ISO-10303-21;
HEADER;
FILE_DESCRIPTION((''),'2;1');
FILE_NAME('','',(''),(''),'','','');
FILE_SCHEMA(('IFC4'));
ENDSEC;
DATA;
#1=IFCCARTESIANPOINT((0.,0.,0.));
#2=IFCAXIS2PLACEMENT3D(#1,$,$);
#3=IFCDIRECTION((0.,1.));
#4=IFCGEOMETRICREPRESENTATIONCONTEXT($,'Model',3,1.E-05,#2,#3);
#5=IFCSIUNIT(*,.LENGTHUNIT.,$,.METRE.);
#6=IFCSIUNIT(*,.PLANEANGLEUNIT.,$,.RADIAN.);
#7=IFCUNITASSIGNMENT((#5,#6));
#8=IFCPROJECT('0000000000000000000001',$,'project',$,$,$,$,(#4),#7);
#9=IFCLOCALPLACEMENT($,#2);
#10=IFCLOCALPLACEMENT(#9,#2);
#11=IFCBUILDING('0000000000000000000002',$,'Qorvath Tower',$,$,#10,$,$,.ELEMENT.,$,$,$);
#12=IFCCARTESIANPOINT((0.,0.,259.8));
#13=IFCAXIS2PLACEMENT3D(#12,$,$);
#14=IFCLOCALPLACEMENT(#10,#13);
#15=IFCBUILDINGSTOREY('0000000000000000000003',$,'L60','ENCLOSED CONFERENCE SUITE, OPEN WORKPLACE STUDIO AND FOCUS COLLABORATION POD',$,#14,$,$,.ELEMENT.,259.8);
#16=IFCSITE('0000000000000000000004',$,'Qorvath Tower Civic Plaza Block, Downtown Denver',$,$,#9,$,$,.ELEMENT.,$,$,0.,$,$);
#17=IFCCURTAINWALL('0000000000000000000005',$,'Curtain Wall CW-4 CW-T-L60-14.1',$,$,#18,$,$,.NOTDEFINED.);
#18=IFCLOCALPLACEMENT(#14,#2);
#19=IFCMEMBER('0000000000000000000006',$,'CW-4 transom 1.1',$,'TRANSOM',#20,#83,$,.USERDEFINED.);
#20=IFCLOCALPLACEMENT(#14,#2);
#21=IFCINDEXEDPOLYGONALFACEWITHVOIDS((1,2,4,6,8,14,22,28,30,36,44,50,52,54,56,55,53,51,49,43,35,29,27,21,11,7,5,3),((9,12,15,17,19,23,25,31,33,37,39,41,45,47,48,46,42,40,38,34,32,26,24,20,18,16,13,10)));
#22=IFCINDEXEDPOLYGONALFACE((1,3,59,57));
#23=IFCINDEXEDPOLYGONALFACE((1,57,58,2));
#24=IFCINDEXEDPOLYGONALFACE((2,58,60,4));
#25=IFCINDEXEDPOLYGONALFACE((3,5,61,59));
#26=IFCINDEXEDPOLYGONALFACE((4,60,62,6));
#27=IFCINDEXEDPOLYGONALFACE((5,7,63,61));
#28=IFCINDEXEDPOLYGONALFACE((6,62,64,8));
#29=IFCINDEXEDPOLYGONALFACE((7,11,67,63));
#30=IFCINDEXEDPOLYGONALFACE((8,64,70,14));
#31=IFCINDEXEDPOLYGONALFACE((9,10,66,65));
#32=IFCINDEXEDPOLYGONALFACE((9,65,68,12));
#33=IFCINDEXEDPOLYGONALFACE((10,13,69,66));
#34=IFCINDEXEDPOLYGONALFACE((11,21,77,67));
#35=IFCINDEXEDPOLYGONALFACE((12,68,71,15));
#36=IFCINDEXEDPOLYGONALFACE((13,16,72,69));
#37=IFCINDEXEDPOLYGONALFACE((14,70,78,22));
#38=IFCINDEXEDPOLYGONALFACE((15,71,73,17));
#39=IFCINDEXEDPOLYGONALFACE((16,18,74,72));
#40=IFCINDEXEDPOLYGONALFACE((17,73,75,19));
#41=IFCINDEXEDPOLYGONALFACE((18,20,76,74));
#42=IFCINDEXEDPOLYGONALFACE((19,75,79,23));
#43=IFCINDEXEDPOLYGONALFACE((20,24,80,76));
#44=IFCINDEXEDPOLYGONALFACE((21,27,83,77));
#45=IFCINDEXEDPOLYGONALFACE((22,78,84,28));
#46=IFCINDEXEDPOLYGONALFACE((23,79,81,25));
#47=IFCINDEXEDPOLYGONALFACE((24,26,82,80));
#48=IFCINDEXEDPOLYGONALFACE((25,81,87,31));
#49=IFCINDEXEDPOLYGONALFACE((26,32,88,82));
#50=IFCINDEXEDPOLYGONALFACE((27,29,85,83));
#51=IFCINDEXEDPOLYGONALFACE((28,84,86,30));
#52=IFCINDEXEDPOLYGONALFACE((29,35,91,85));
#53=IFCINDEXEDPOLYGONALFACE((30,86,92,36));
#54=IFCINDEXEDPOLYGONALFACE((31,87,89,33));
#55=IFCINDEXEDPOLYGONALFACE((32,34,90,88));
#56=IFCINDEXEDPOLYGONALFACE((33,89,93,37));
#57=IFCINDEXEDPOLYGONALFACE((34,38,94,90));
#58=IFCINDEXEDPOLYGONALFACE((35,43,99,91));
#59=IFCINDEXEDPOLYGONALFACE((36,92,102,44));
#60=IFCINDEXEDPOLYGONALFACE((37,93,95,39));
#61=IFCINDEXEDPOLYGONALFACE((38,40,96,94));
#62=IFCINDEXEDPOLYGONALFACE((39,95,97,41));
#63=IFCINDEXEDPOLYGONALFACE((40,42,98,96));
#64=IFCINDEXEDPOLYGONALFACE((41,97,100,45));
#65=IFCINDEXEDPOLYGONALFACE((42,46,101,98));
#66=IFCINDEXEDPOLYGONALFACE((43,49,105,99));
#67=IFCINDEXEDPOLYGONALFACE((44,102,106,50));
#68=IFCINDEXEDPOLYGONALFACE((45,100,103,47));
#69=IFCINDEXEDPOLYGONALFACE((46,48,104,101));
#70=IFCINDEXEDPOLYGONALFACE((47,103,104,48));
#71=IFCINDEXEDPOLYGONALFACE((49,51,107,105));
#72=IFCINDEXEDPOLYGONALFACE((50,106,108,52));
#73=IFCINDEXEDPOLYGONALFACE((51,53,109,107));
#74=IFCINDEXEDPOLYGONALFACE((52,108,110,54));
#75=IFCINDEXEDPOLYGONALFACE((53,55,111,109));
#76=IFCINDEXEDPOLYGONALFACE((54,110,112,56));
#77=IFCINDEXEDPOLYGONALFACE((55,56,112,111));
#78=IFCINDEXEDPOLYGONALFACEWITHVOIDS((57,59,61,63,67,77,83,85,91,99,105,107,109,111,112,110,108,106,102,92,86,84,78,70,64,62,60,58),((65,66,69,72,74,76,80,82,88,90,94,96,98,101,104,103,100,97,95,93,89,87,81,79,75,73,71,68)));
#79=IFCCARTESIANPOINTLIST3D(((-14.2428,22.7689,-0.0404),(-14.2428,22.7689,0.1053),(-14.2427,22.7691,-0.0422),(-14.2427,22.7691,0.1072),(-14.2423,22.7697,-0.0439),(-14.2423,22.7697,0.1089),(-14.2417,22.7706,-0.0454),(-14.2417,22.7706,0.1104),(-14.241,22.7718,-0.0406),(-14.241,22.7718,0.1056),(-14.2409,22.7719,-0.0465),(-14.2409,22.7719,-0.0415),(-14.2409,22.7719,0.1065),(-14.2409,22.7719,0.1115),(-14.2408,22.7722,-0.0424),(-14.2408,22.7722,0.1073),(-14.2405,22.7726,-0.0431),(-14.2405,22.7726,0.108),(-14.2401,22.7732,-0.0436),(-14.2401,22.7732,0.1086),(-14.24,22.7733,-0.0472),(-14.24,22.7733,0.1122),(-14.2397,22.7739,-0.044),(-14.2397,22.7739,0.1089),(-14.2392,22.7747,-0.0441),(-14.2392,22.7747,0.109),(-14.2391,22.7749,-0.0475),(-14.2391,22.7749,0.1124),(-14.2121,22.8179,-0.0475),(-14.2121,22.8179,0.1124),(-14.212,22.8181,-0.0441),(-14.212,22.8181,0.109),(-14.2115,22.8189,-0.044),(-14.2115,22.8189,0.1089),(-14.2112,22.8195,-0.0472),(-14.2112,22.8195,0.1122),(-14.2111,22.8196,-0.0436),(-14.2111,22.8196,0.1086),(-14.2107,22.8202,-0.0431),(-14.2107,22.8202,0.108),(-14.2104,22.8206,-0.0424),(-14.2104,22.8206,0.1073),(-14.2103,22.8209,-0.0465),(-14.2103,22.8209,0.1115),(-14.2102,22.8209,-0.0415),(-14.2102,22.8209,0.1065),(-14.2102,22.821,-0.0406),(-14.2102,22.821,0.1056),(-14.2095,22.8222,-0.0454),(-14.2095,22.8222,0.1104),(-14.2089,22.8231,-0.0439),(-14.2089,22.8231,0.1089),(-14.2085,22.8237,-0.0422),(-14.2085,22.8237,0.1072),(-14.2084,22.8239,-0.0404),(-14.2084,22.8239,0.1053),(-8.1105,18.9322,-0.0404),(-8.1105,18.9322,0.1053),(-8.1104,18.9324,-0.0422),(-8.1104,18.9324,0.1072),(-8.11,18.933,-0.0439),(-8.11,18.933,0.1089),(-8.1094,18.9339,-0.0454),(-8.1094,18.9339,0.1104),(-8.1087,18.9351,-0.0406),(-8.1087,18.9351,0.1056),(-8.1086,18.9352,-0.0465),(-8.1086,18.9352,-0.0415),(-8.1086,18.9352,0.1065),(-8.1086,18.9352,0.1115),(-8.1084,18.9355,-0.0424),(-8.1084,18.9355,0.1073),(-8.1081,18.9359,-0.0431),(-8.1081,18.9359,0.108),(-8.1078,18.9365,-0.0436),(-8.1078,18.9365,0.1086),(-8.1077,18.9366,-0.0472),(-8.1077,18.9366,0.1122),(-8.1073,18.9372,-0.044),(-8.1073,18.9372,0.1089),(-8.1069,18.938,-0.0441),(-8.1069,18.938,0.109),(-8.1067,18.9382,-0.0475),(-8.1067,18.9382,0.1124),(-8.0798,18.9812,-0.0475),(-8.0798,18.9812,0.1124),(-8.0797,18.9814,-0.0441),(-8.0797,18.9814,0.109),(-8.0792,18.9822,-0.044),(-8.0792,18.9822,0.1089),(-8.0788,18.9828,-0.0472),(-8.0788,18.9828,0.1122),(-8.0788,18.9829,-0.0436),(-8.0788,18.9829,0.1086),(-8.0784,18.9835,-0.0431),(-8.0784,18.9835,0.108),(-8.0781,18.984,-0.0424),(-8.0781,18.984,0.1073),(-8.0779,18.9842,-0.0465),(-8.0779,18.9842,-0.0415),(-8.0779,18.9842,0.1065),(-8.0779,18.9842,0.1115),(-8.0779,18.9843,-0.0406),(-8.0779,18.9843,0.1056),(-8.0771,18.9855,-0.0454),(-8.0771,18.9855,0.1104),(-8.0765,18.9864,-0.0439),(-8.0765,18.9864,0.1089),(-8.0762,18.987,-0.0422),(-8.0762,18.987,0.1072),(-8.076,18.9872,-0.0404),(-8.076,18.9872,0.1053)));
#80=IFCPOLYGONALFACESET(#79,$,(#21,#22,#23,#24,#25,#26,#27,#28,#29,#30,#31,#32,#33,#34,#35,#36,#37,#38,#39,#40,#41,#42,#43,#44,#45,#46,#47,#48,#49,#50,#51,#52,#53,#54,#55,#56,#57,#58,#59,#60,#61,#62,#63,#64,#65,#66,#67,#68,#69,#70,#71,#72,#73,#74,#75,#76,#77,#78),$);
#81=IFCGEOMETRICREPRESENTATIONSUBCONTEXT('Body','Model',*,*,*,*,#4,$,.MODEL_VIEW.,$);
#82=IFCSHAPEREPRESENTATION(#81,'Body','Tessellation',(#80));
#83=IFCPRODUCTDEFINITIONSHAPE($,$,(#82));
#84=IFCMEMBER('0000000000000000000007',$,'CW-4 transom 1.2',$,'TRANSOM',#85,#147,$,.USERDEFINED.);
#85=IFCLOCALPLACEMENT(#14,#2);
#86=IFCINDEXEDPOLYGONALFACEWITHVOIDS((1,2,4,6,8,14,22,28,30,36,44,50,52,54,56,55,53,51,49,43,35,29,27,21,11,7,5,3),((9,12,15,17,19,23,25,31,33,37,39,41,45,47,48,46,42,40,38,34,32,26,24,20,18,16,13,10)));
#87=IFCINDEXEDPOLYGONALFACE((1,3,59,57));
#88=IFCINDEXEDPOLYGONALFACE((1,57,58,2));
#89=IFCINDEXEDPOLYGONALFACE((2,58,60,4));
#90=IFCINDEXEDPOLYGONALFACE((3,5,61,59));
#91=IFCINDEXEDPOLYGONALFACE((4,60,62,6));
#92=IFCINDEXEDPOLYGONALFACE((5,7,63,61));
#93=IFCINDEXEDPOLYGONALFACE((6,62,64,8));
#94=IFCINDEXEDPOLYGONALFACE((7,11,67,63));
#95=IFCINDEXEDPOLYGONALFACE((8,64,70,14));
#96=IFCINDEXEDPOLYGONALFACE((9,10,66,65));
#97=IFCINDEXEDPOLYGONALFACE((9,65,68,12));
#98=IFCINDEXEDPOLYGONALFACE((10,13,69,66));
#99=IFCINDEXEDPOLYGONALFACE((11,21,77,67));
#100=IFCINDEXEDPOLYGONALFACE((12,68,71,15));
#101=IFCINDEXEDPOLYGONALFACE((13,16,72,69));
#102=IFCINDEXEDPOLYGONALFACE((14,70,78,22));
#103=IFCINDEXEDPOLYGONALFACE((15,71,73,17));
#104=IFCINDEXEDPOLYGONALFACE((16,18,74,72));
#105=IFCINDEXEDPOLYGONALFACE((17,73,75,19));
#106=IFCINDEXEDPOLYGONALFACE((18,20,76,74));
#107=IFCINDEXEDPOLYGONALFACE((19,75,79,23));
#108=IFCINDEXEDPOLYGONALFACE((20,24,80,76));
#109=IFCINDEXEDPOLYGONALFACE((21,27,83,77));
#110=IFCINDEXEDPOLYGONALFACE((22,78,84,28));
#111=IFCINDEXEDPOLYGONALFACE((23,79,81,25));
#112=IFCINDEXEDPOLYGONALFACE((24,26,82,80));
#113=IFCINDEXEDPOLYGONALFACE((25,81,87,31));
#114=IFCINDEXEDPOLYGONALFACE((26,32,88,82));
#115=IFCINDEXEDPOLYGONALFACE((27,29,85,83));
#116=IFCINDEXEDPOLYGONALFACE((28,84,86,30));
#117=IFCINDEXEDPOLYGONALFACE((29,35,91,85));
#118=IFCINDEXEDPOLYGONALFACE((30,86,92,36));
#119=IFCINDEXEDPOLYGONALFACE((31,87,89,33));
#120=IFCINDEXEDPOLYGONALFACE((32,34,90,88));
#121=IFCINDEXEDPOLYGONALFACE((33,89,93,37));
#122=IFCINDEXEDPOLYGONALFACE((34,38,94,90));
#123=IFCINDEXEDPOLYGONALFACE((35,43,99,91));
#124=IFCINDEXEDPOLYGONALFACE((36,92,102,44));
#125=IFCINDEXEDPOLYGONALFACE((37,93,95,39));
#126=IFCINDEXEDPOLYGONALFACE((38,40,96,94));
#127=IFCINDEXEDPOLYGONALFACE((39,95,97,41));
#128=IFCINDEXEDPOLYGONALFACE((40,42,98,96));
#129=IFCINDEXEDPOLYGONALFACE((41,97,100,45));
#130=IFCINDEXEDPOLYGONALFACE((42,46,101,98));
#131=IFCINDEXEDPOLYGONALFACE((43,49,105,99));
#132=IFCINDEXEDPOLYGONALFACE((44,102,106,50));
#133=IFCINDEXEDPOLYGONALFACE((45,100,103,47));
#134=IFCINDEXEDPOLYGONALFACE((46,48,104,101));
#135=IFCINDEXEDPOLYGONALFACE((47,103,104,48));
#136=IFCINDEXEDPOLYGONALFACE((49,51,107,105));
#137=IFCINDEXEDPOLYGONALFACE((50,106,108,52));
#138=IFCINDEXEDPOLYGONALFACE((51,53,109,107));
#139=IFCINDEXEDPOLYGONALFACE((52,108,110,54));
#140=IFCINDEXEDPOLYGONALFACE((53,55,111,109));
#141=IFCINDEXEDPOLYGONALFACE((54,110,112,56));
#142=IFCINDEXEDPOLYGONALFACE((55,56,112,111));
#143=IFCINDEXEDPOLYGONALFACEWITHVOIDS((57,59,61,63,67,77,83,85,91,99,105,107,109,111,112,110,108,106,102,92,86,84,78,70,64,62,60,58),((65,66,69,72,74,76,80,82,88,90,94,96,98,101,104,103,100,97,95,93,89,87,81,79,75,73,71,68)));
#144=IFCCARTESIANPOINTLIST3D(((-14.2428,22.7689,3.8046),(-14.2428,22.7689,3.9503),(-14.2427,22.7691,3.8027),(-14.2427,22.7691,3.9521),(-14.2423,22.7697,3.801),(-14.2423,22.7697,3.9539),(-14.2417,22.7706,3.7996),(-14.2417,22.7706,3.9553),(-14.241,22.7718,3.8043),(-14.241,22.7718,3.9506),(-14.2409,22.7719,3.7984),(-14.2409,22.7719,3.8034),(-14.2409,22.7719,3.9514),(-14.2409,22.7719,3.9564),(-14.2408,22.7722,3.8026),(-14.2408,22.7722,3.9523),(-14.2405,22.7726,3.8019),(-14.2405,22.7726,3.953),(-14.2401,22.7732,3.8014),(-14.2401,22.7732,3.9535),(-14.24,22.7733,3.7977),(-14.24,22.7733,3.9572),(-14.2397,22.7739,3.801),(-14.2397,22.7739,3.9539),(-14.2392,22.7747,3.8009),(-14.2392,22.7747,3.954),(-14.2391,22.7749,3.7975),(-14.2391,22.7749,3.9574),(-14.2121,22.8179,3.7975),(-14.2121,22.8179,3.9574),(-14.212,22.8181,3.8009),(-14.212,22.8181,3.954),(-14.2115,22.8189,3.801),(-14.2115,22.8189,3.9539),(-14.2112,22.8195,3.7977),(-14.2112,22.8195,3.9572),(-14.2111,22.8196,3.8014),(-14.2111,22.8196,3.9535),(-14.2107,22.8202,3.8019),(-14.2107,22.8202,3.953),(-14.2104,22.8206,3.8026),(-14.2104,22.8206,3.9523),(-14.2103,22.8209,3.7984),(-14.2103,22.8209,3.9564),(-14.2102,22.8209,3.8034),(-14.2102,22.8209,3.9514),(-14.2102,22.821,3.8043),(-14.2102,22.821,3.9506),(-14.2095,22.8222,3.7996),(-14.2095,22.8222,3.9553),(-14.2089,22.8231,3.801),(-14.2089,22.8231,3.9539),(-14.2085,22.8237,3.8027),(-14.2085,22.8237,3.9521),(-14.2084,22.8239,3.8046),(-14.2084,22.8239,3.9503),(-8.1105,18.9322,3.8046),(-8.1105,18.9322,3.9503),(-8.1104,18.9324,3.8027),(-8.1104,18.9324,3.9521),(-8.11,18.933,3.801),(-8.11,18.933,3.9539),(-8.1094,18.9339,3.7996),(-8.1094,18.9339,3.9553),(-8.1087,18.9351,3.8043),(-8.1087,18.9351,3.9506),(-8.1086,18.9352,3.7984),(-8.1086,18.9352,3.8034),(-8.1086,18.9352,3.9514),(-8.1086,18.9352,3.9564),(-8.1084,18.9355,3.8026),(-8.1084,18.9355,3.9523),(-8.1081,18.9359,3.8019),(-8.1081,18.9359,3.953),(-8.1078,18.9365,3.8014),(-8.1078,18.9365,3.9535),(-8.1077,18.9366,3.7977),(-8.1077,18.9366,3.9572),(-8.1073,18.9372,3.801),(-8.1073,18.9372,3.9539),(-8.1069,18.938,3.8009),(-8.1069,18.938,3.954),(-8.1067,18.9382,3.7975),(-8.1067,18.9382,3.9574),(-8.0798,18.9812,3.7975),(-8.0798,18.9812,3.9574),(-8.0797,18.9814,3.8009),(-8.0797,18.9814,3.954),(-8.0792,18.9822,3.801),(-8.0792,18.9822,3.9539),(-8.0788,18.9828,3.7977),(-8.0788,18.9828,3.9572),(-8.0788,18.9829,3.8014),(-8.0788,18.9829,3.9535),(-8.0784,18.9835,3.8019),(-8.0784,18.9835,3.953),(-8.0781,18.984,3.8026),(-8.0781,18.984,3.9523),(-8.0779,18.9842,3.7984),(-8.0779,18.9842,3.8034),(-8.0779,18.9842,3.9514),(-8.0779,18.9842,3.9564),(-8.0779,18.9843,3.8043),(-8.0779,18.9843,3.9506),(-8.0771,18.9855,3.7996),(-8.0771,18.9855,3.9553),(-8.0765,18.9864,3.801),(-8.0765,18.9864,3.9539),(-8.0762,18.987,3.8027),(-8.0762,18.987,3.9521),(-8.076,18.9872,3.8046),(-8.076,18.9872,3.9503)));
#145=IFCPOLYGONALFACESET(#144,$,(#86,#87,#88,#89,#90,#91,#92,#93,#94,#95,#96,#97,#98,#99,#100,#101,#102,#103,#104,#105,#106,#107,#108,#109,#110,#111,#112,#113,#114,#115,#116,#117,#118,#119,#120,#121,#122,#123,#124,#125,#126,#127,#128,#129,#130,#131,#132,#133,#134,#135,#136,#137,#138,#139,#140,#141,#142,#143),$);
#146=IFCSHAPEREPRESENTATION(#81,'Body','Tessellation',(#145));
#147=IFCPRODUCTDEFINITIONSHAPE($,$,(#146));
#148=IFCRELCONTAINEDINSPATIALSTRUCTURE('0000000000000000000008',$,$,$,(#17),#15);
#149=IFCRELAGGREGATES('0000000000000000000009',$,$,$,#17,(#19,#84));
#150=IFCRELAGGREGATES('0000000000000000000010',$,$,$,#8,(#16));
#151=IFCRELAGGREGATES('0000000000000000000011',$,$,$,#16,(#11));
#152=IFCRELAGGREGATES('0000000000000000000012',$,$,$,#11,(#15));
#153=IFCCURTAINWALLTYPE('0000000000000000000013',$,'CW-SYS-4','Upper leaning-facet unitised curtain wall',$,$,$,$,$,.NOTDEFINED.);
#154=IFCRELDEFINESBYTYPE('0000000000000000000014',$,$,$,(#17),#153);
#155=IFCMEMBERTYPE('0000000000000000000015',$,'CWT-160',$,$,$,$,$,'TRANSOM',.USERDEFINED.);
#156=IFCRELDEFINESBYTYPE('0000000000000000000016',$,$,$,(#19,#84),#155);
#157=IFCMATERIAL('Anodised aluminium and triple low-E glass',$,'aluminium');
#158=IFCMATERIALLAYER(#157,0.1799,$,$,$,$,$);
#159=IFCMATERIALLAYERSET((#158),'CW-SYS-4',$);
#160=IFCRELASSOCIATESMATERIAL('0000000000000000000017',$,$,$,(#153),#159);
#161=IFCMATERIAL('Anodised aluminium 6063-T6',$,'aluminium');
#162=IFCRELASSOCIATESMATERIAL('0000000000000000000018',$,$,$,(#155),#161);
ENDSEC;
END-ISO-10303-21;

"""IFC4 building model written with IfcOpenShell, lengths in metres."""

from ifc_helpers import new_model, si_unit, direction, frame, origin, origin_2d, place, context, subcontext, project, spatial, hollow_rectangle, extrude, material, layer, layer_set, material_profile, profile_set, type_object, element, aggregate, save


model = new_model("IFC4")

# Units and contexts
model_context = context("Model", 3, precision=1e-05, world=origin(), true_north=direction((0.0, 1.0)))
body_context = subcontext(model_context, "Body", "Model", "MODEL_VIEW")
ifc_project = project(units=[si_unit("LENGTHUNIT", "METRE"), si_unit("PLANEANGLEUNIT", "RADIAN")], contexts=[model_context])

# Site, building, storey
site_placement = place(None, origin())
site = spatial("IfcSite", under=ifc_project, at=site_placement, Name="Qorvath Tower Civic Plaza Block, Downtown Denver", CompositionType="ELEMENT", RefElevation=0.0)
building_placement = place(site_placement, origin())
building = spatial("IfcBuilding", under=site, at=building_placement, Name="Qorvath Tower", CompositionType="ELEMENT")
storey_placement = place(building_placement, frame((0.0, 0.0, 259.8)))
storey = spatial("IfcBuildingStorey", under=building, at=storey_placement, Name="L60", Description="ENCLOSED CONFERENCE SUITE, OPEN WORKPLACE STUDIO AND FOCUS COLLABORATION POD", CompositionType="ELEMENT", Elevation=259.8)

# Shared definitions
ifc_material_1 = material(Name="Anodised aluminium and triple low-E glass", Category="aluminium")
ifc_layer_1 = layer(ifc_material_1, 0.1799)
ifc_layer_set_1 = layer_set([ifc_layer_1], Name="CW-SYS-4")
curtain_wall_type = type_object("IfcCurtainWallType", Name="CW-SYS-4", Description="Upper leaning-facet unitised curtain wall", PredefinedType="NOTDEFINED", material=ifc_layer_set_1)

# Curtain wall
curtain_wall_1_placement = place(storey_placement, origin())
curtain_wall_1 = element("IfcCurtainWall", 1, at=curtain_wall_1_placement, inside=storey, type_object=curtain_wall_type, Name="Curtain Wall CW-4 CW-T-L60-14.1", PredefinedType="NOTDEFINED")

# Members
ifc_material_2 = material(Name="Anodised aluminium 6063-T6", Category="aluminium")
ifc_material_profile_1 = material_profile(ifc_material_2, hollow_rectangle(XDim=0.0649, YDim=0.1599, WallThickness=0.0034, InnerFilletRadius=0.0034, OuterFilletRadius=0.0071, at=origin_2d()), Name="CWT 160x65")
ifc_profile_set_1 = profile_set([ifc_material_profile_1], Name="Anodised aluminium 6063-T6")
member_type_1 = type_object("IfcMemberType", Name="CWT-160", ElementType="TRANSOM", PredefinedType="USERDEFINED", material=ifc_profile_set_1)
member_1_placement = place(storey_placement, frame((-8.0933, 18.9597, 0.0325), z_axis=(-0.847752, 0.530393, 0.0), x_axis=(-0.530393, -0.847752, 0.0)))
member_1 = element("IfcMember", 2, at=member_1_placement, type_object=member_type_1, Name="CW-4 transom 1.1", ObjectType="TRANSOM", PredefinedType="USERDEFINED", context=body_context, shape_type="SweptSolid", body=[
    extrude(hollow_rectangle(XDim=0.0649, YDim=0.1599, WallThickness=0.0034, InnerFilletRadius=0.0034, OuterFilletRadius=0.0071, at=origin_2d()), origin(), (0.0, 0.0, 1.0), 7.2336),
])
member_2_placement = place(storey_placement, frame((-8.0933, 18.9597, 3.8774), z_axis=(-0.847752, 0.530393, 0.0), x_axis=(-0.530393, -0.847752, 0.0)))
member_2 = element("IfcMember", 3, at=member_2_placement, type_object=member_type_1, Name="CW-4 transom 1.2", ObjectType="TRANSOM", PredefinedType="USERDEFINED", context=body_context, shape_type="SweptSolid", body=[
    extrude(hollow_rectangle(XDim=0.0649, YDim=0.1599, WallThickness=0.0034, InnerFilletRadius=0.0034, OuterFilletRadius=0.0071, at=origin_2d()), origin(), (0.0, 0.0, 1.0), 7.2336),
])

aggregate(curtain_wall_1, [member_1, member_2])

save(model, "model.ifc")
